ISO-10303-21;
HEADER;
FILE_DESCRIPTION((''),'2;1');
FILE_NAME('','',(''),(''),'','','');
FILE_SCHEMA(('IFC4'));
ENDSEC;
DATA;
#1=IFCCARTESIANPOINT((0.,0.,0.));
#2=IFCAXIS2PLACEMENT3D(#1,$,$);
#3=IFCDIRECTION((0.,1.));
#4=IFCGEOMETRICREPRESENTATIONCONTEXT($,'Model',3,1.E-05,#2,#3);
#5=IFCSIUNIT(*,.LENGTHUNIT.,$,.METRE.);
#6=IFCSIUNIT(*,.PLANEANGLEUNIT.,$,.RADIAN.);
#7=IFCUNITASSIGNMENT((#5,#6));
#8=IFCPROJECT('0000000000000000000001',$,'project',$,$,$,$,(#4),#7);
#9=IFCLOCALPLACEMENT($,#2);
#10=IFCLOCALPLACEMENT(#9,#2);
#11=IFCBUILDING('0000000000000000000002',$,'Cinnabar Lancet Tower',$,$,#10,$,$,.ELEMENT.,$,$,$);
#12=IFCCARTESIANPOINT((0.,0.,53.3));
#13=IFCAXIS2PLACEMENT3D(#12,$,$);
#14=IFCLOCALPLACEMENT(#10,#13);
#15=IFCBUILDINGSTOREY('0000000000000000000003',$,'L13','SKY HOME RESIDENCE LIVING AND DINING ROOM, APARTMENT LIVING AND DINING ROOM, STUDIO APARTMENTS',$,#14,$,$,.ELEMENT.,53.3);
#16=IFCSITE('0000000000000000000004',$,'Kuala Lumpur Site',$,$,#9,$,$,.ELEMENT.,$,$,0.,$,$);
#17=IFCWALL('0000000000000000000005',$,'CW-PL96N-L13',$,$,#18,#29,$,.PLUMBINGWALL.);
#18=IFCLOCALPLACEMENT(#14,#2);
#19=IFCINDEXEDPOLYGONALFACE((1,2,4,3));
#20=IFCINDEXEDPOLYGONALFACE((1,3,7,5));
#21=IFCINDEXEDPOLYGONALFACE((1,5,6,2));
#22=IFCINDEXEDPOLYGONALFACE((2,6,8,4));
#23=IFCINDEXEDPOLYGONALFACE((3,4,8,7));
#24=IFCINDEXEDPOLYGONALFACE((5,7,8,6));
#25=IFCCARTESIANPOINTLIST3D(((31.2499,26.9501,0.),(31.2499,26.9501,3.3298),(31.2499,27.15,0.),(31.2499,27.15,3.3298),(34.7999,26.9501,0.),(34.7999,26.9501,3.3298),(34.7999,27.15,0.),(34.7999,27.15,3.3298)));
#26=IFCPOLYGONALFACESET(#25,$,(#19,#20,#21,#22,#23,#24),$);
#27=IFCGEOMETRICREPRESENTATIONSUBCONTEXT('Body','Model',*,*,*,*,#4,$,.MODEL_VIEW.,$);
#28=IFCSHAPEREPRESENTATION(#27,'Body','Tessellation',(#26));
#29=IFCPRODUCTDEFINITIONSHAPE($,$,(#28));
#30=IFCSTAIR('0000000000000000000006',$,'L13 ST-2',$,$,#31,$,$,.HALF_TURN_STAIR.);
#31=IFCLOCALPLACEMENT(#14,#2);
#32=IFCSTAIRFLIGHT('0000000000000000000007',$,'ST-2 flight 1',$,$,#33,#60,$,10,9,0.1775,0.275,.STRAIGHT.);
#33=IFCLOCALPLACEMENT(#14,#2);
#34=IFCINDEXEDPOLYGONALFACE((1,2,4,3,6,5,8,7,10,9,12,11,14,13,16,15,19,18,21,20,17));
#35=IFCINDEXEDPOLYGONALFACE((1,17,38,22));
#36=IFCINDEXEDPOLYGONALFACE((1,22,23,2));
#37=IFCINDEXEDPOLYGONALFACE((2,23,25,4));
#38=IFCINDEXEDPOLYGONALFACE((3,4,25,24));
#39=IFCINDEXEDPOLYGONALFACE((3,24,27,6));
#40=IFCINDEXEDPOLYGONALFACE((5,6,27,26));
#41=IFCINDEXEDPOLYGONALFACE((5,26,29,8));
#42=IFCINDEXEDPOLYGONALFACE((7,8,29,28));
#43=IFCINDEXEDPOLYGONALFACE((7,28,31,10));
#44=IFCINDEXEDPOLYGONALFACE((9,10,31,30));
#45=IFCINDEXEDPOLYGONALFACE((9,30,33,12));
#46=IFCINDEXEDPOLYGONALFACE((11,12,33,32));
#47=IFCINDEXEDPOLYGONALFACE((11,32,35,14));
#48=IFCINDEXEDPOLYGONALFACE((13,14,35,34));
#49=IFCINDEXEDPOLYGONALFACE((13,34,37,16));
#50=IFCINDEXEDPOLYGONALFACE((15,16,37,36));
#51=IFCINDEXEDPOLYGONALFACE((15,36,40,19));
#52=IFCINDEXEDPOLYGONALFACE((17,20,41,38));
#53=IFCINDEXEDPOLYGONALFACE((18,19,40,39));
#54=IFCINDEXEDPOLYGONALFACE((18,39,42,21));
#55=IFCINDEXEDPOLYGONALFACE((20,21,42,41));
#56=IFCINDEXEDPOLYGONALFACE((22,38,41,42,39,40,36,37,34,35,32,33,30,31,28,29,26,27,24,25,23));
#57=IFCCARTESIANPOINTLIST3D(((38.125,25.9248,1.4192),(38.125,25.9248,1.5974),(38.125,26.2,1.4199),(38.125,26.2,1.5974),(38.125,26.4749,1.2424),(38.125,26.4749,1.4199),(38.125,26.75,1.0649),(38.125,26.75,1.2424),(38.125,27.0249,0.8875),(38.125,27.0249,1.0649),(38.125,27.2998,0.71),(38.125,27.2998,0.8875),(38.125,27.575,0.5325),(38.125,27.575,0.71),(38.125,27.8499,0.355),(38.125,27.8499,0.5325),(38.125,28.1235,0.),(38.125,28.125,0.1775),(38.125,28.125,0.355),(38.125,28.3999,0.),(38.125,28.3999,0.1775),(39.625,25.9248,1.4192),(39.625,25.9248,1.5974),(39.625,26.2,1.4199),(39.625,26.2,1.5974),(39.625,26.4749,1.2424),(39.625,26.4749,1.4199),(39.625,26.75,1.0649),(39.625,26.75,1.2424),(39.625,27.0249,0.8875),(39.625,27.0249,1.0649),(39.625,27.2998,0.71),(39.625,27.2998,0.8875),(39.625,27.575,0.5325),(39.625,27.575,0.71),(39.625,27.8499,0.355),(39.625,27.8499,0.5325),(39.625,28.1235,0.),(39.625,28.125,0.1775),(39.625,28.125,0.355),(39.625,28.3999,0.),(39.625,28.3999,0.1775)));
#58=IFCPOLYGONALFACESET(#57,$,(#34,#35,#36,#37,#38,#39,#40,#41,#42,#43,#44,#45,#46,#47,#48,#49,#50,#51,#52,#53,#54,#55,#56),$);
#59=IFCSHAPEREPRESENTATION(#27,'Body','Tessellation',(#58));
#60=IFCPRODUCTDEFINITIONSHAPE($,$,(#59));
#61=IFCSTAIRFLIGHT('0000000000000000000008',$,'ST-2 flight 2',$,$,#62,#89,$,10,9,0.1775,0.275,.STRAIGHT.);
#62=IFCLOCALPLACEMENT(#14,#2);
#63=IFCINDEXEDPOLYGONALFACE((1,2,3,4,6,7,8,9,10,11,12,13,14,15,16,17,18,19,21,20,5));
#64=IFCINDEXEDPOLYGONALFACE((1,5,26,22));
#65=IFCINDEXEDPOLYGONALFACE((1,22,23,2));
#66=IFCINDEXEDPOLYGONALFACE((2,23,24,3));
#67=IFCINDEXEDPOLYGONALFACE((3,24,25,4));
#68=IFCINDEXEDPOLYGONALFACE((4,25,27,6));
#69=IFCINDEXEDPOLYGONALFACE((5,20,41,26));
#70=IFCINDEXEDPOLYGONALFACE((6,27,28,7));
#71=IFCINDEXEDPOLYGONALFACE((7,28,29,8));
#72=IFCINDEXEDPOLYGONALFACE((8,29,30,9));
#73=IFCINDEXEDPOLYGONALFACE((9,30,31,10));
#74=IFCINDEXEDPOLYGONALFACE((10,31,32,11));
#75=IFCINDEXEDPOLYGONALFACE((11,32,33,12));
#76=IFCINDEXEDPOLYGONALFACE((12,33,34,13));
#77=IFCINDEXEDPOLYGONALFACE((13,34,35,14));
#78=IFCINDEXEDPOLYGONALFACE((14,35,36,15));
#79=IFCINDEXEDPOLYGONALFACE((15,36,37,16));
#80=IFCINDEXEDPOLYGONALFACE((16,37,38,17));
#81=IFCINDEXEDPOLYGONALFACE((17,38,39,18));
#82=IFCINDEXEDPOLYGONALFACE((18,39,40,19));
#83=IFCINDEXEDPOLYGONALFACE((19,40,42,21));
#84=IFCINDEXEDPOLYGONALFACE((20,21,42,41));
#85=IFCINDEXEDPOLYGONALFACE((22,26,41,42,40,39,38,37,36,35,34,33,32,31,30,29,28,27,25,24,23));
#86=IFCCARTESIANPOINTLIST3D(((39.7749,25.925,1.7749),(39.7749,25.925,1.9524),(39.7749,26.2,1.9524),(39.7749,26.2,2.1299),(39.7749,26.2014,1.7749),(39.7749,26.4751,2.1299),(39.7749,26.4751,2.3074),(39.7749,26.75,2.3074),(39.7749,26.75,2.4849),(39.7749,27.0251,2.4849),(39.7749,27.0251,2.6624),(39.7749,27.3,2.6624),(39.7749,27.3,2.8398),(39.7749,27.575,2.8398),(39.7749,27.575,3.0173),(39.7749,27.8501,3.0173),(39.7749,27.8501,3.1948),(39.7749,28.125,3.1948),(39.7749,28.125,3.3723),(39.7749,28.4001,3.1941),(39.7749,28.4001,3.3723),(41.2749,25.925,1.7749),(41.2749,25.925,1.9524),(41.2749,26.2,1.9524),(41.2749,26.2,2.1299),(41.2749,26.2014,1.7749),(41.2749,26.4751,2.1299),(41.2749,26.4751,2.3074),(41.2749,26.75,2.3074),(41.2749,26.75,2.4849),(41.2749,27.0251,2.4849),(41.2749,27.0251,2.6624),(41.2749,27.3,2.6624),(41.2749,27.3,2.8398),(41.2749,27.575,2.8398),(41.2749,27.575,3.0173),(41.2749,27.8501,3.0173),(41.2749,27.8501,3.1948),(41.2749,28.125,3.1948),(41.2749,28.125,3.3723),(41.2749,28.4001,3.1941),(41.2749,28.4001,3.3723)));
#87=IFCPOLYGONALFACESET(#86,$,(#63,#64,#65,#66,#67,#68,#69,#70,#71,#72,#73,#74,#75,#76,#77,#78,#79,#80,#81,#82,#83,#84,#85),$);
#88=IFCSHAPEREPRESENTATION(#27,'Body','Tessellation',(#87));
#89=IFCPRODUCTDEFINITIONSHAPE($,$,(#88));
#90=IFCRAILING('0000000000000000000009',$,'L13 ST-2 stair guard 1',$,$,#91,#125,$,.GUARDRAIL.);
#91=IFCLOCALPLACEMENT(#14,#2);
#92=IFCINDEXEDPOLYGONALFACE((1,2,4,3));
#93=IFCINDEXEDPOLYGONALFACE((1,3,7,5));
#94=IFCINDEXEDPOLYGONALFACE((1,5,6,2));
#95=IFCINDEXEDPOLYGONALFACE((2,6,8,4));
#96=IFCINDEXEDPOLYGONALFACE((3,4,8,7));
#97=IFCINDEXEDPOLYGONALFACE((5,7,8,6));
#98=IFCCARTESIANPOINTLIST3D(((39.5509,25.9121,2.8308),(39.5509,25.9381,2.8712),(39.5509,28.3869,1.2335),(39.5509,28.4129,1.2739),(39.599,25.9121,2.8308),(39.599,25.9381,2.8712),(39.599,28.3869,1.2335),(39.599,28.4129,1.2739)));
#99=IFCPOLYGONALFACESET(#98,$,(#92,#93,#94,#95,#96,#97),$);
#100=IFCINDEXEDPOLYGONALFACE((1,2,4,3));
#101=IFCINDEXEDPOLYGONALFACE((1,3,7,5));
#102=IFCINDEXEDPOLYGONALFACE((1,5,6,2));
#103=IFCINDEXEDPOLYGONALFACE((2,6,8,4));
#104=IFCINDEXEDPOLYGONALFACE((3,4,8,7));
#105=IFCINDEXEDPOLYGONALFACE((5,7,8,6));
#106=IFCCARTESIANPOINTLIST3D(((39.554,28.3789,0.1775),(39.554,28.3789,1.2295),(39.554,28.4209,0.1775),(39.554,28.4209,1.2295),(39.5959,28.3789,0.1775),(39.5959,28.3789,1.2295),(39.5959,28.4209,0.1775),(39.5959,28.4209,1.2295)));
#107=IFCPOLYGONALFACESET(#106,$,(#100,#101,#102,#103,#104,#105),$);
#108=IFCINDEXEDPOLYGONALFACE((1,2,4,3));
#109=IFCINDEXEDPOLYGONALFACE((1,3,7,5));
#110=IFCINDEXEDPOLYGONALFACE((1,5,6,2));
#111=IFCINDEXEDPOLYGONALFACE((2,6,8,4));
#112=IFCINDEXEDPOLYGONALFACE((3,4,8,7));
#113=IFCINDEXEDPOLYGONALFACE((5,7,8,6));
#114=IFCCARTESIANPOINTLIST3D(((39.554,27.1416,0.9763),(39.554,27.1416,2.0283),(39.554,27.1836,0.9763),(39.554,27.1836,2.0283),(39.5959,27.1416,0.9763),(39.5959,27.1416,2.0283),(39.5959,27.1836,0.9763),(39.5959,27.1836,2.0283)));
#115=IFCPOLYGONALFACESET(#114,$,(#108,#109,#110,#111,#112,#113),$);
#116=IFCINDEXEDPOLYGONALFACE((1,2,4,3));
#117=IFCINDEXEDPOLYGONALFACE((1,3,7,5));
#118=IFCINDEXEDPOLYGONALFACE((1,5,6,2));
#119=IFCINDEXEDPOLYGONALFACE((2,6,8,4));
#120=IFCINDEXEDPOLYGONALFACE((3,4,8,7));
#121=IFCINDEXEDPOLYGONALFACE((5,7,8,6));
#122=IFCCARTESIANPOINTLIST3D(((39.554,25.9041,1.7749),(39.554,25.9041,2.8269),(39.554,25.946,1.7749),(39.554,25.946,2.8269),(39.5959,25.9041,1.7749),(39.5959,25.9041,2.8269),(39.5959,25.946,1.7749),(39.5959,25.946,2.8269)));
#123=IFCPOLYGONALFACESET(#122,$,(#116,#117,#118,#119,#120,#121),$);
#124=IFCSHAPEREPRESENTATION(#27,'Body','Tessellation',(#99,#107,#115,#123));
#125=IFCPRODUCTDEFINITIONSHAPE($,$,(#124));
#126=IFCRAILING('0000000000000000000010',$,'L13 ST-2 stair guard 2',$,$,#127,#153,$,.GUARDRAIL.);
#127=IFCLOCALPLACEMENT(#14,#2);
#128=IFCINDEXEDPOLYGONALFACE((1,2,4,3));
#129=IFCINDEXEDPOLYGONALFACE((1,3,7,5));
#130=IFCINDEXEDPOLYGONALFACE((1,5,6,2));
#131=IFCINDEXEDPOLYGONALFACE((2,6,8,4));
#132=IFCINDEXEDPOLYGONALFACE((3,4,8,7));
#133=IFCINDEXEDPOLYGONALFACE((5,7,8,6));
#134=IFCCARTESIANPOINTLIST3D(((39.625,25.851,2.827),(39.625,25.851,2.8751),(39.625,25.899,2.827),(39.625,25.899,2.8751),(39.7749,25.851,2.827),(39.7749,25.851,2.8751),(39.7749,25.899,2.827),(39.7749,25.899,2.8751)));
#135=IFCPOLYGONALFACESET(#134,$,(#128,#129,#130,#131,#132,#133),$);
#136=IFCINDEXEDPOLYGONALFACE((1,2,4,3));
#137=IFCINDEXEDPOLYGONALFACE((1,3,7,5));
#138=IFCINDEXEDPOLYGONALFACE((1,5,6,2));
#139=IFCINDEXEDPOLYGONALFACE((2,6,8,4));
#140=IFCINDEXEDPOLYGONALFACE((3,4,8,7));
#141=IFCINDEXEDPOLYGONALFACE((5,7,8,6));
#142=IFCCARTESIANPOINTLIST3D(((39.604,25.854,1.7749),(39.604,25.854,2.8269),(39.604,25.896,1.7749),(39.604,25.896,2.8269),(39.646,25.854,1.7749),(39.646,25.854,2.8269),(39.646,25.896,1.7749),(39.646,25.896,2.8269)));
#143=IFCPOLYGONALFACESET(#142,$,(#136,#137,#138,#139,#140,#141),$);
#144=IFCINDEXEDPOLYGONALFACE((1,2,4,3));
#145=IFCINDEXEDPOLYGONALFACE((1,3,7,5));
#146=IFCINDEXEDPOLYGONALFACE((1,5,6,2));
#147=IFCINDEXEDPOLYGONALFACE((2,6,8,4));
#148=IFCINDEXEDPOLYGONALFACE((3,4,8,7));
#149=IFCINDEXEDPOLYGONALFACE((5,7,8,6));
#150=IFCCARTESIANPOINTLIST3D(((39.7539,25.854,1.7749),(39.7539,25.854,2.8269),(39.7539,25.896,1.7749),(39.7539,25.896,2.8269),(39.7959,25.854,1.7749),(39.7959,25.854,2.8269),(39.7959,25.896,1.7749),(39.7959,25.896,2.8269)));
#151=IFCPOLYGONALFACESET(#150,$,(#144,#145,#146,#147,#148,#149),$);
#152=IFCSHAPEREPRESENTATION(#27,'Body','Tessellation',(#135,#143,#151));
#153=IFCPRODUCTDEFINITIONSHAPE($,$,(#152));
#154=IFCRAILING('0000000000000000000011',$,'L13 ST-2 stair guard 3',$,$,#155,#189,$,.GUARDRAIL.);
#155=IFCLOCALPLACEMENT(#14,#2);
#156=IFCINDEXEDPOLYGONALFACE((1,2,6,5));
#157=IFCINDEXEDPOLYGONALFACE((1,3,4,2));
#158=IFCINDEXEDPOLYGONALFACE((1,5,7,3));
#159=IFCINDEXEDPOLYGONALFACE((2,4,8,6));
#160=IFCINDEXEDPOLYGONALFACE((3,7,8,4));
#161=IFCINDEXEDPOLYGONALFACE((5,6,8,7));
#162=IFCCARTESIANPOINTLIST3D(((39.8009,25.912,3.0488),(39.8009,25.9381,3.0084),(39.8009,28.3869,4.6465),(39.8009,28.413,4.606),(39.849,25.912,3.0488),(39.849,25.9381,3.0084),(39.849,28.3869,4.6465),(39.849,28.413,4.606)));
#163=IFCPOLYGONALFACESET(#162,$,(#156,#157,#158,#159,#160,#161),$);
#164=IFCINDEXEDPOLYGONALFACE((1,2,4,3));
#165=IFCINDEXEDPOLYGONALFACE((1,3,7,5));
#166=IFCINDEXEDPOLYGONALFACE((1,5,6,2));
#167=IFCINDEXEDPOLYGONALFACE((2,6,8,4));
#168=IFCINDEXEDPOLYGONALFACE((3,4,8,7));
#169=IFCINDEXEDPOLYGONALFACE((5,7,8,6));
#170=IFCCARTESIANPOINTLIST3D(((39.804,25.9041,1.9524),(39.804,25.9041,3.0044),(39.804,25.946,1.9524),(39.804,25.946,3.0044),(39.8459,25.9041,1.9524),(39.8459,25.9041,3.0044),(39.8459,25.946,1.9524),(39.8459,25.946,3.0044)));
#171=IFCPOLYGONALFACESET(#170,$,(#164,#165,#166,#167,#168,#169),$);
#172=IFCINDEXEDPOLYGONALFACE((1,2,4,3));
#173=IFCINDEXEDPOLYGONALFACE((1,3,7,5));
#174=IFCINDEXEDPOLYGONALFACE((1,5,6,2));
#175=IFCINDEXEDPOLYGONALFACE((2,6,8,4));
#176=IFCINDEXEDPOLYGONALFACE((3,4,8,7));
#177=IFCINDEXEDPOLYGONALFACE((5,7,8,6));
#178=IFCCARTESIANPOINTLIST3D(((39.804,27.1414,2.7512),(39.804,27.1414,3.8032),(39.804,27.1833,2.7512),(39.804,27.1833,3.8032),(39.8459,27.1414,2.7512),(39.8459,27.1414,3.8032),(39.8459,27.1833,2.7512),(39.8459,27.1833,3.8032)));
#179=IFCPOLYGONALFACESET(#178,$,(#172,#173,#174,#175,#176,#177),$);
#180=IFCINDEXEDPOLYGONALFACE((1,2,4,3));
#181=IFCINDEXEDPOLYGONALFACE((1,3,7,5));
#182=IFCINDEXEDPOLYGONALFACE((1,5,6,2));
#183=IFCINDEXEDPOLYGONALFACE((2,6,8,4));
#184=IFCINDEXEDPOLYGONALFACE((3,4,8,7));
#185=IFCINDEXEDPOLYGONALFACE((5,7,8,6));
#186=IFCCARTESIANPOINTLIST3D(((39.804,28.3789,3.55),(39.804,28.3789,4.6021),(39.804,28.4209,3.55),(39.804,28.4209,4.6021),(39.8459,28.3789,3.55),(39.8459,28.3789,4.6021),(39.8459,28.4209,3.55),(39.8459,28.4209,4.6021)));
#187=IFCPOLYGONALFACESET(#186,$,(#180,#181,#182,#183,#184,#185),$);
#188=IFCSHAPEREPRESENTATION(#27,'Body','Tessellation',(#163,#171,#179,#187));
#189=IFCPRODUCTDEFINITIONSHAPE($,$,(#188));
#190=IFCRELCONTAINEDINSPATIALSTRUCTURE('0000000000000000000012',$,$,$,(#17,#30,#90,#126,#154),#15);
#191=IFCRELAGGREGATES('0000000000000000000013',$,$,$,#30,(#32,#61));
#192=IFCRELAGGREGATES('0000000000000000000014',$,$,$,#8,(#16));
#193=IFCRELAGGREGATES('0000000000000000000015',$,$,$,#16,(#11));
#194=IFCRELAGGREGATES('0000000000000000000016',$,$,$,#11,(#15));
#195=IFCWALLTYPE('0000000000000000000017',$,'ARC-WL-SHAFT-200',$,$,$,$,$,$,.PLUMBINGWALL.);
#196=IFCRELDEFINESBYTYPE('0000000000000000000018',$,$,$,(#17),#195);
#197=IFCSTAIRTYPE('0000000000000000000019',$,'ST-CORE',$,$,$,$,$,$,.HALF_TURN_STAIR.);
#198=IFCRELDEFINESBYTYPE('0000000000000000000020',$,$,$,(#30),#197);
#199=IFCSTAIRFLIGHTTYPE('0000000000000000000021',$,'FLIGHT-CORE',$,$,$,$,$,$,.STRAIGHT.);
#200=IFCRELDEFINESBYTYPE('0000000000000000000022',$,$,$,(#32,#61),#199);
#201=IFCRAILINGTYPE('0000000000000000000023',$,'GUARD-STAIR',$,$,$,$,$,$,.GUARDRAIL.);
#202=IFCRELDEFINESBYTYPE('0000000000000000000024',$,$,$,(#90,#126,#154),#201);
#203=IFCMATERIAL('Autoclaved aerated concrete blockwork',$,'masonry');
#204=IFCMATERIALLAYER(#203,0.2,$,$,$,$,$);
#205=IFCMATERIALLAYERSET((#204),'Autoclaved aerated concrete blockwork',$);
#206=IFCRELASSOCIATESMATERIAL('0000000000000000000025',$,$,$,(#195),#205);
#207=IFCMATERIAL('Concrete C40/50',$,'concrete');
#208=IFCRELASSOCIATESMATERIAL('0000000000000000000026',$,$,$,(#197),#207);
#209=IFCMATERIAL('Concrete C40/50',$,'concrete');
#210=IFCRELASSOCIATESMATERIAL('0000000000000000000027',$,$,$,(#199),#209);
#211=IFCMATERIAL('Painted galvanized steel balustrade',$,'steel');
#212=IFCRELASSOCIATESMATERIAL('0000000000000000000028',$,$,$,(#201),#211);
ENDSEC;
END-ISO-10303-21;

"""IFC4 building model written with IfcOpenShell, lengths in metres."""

from ifc_helpers import new_model, si_unit, direction, frame, frame_2d, origin, origin_2d, place, context, subcontext, project, spatial, polyline, rectangle, outline, extrude, material, layer, layer_set, type_object, element, aggregate, save


model = new_model("IFC4")

# Units and contexts
model_context = context("Model", 3, precision=1e-05, world=origin(), true_north=direction((0.0, 1.0)))
body_context = subcontext(model_context, "Body", "Model", "MODEL_VIEW")
ifc_project = project(units=[si_unit("LENGTHUNIT", "METRE"), si_unit("PLANEANGLEUNIT", "RADIAN")], contexts=[model_context])

# Site, building, storey
site_placement = place(None, origin())
site = spatial("IfcSite", under=ifc_project, at=site_placement, Name="Kuala Lumpur Site", CompositionType="ELEMENT", RefElevation=0.0)
building_placement = place(site_placement, origin())
building = spatial("IfcBuilding", under=site, at=building_placement, Name="Cinnabar Lancet Tower", CompositionType="ELEMENT")
storey_placement = place(building_placement, frame((0.0, 0.0, 53.3)))
storey = spatial("IfcBuildingStorey", under=building, at=storey_placement, Name="L13", Description="SKY HOME RESIDENCE LIVING AND DINING ROOM, APARTMENT LIVING AND DINING ROOM, STUDIO APARTMENTS", CompositionType="ELEMENT", Elevation=53.3)

# Shared definitions
ifc_material_1 = material(Name="Autoclaved aerated concrete blockwork", Category="masonry")
ifc_layer_1 = layer(ifc_material_1, 0.2)
ifc_layer_set_1 = layer_set([ifc_layer_1], Name="Autoclaved aerated concrete blockwork")
wall_type_1 = type_object("IfcWallType", Name="ARC-WL-SHAFT-200", PredefinedType="PLUMBINGWALL", material=ifc_layer_set_1)

# Wall
wall_1_placement = place(storey_placement, frame((31.25, 27.05, 0.0), z_axis=(0.0, 0.0, 1.0), x_axis=(1.0, 0.0, 0.0)))
element("IfcWall", 1, at=wall_1_placement, inside=storey, type_object=wall_type_1, Name="CW-PL96N-L13", PredefinedType="PLUMBINGWALL", context=body_context, shape_type="SweptSolid", body=[
    extrude(rectangle(XDim=3.55, YDim=0.2, at=frame_2d((1.7749, 0.0))), origin(), (0.0, 0.0, 1.0), 3.3298),
])

# Stair, stair flights
ifc_material_2 = material(Name="Concrete C40/50", Category="concrete")
stair_type = type_object("IfcStairType", Name="ST-CORE", PredefinedType="HALF_TURN_STAIR", material=ifc_material_2)
stair_placement = place(storey_placement, origin())
stair = element("IfcStair", 2, at=stair_placement, inside=storey, type_object=stair_type, Name="L13 ST-2", PredefinedType="HALF_TURN_STAIR")
ifc_material_3 = material(Name="Concrete C40/50", Category="concrete")
stair_flight_type = type_object("IfcStairFlightType", Name="FLIGHT-CORE", PredefinedType="STRAIGHT", material=ifc_material_3)
stair_flight_1_placement = place(storey_placement, frame((38.875, 28.3999, 0.0), z_axis=(0.0, 0.0, 1.0), x_axis=(0.0, -1.0, 0.0)))
stair_flight_1 = element("IfcStairFlight", 3, at=stair_flight_1_placement, type_object=stair_flight_type, Name="ST-2 flight 1", NumberOfRisers=10, NumberOfTreads=9, PredefinedType="STRAIGHT", RiserHeight=0.1775, TreadLength=0.275, context=body_context, shape_type="SweptSolid", body=[
    extrude(outline(polyline([(0.0, 0.0), (0.0, 0.1775), (0.2749, 0.1775), (0.2749, 0.355), (0.55, 0.355), (0.55, 0.5325), (0.825, 0.5325), (0.825, 0.71), (1.1001, 0.71), (1.1001, 0.8875), (1.375, 0.8875), (1.375, 1.0649), (1.6499, 1.0649), (1.6499, 1.2424), (1.925, 1.2424), (1.925, 1.4199), (2.2, 1.4199), (2.2, 1.5974), (2.4751, 1.5974), (2.4751, 1.7749), (2.4751, 1.4192), (0.2764, 0.0), (0.0, 0.0)])), frame((0.0, 0.75, 0.0), z_axis=(0.0, -1.0, 0.0), x_axis=(1.0, 0.0, 0.0)), (0.0, 0.0, 1.0), 1.5),
])
stair_flight_2_placement = place(storey_placement, frame((40.5249, 25.925, 1.7749), z_axis=(0.0, 0.0, 1.0), x_axis=(0.0, 1.0, 0.0)))
stair_flight_2 = element("IfcStairFlight", 4, at=stair_flight_2_placement, type_object=stair_flight_type, Name="ST-2 flight 2", NumberOfRisers=10, NumberOfTreads=9, PredefinedType="STRAIGHT", RiserHeight=0.1775, TreadLength=0.275, context=body_context, shape_type="SweptSolid", body=[
    extrude(outline(polyline([(0.0, 0.0), (0.0, 0.1775), (0.2749, 0.1775), (0.2749, 0.355), (0.55, 0.355), (0.55, 0.5325), (0.825, 0.5325), (0.825, 0.71), (1.1001, 0.71), (1.1001, 0.8875), (1.375, 0.8875), (1.375, 1.0649), (1.6499, 1.0649), (1.6499, 1.2424), (1.925, 1.2424), (1.925, 1.4199), (2.2, 1.4199), (2.2, 1.5974), (2.4751, 1.5974), (2.4751, 1.7749), (2.4751, 1.4192), (0.2764, 0.0), (0.0, 0.0)])), frame((0.0, 0.75, 0.0), z_axis=(0.0, -1.0, 0.0), x_axis=(1.0, 0.0, 0.0)), (0.0, 0.0, 1.0), 1.5),
])
aggregate(stair, [stair_flight_1, stair_flight_2])

# Railings
ifc_material_4 = material(Name="Painted galvanized steel balustrade", Category="steel")
railing_type_1 = type_object("IfcRailingType", Name="GUARD-STAIR", PredefinedType="GUARDRAIL", material=ifc_material_4)
railing_1_placement = place(storey_placement, frame((39.575, 28.3999, 0.1775)))
element("IfcRailing", 5, at=railing_1_placement, inside=storey, type_object=railing_type_1, Name="L13 ST-2 stair guard 1", PredefinedType="GUARDRAIL", context=body_context, shape_type="SweptSolid", body=[
    extrude(rectangle(XDim=0.0481, YDim=0.0481, at=origin_2d()), frame((0.0, 0.0, 1.0762), z_axis=(0.0, -0.840183, 0.542302), x_axis=(1.0, 0.0, 0.0)), (0.0, 0.0, 1.0), 2.9456),
    extrude(rectangle(XDim=0.042, YDim=0.042, at=origin_2d()), origin(), (0.0, 0.0, 1.0), 1.052),
    extrude(rectangle(XDim=0.042, YDim=0.042, at=origin_2d()), frame((0.0, -1.2373, 0.7988)), (0.0, 0.0, 1.0), 1.052),
    extrude(rectangle(XDim=0.042, YDim=0.042, at=origin_2d()), frame((0.0, -2.4749, 1.5974)), (0.0, 0.0, 1.0), 1.052),
])
railing_2_placement = place(storey_placement, frame((39.625, 25.875, 1.7749)))
element("IfcRailing", 6, at=railing_2_placement, inside=storey, type_object=railing_type_1, Name="L13 ST-2 stair guard 2", PredefinedType="GUARDRAIL", context=body_context, shape_type="SweptSolid", body=[
    extrude(rectangle(XDim=0.0481, YDim=0.0481, at=origin_2d()), frame((0.0, 0.0, 1.0762), z_axis=(1.0, 0.0, 0.0), x_axis=(0.0, 1.0, 0.0)), (0.0, 0.0, 1.0), 0.1499),
    extrude(rectangle(XDim=0.042, YDim=0.042, at=origin_2d()), origin(), (0.0, 0.0, 1.0), 1.052),
    extrude(rectangle(XDim=0.042, YDim=0.042, at=origin_2d()), frame((0.1499, 0.0, 0.0)), (0.0, 0.0, 1.0), 1.052),
])
railing_3_placement = place(storey_placement, frame((39.825, 25.925, 1.9524)))
element("IfcRailing", 7, at=railing_3_placement, inside=storey, type_object=railing_type_1, Name="L13 ST-2 stair guard 3", PredefinedType="GUARDRAIL", context=body_context, shape_type="SweptSolid", body=[
    extrude(rectangle(XDim=0.0481, YDim=0.0481, at=origin_2d()), frame((0.0, 0.0, 1.0762), z_axis=(0.0, 0.840146, 0.542361), x_axis=(-1.0, 0.0, 0.0)), (0.0, 0.0, 1.0), 2.9458),
    extrude(rectangle(XDim=0.042, YDim=0.042, at=origin_2d()), origin(), (0.0, 0.0, 1.0), 1.052),
    extrude(rectangle(XDim=0.042, YDim=0.042, at=origin_2d()), frame((0.0, 1.2373, 0.7988)), (0.0, 0.0, 1.0), 1.052),
    extrude(rectangle(XDim=0.042, YDim=0.042, at=origin_2d()), frame((0.0, 2.4749, 1.5977)), (0.0, 0.0, 1.0), 1.052),
])

save(model, "model.ifc")
